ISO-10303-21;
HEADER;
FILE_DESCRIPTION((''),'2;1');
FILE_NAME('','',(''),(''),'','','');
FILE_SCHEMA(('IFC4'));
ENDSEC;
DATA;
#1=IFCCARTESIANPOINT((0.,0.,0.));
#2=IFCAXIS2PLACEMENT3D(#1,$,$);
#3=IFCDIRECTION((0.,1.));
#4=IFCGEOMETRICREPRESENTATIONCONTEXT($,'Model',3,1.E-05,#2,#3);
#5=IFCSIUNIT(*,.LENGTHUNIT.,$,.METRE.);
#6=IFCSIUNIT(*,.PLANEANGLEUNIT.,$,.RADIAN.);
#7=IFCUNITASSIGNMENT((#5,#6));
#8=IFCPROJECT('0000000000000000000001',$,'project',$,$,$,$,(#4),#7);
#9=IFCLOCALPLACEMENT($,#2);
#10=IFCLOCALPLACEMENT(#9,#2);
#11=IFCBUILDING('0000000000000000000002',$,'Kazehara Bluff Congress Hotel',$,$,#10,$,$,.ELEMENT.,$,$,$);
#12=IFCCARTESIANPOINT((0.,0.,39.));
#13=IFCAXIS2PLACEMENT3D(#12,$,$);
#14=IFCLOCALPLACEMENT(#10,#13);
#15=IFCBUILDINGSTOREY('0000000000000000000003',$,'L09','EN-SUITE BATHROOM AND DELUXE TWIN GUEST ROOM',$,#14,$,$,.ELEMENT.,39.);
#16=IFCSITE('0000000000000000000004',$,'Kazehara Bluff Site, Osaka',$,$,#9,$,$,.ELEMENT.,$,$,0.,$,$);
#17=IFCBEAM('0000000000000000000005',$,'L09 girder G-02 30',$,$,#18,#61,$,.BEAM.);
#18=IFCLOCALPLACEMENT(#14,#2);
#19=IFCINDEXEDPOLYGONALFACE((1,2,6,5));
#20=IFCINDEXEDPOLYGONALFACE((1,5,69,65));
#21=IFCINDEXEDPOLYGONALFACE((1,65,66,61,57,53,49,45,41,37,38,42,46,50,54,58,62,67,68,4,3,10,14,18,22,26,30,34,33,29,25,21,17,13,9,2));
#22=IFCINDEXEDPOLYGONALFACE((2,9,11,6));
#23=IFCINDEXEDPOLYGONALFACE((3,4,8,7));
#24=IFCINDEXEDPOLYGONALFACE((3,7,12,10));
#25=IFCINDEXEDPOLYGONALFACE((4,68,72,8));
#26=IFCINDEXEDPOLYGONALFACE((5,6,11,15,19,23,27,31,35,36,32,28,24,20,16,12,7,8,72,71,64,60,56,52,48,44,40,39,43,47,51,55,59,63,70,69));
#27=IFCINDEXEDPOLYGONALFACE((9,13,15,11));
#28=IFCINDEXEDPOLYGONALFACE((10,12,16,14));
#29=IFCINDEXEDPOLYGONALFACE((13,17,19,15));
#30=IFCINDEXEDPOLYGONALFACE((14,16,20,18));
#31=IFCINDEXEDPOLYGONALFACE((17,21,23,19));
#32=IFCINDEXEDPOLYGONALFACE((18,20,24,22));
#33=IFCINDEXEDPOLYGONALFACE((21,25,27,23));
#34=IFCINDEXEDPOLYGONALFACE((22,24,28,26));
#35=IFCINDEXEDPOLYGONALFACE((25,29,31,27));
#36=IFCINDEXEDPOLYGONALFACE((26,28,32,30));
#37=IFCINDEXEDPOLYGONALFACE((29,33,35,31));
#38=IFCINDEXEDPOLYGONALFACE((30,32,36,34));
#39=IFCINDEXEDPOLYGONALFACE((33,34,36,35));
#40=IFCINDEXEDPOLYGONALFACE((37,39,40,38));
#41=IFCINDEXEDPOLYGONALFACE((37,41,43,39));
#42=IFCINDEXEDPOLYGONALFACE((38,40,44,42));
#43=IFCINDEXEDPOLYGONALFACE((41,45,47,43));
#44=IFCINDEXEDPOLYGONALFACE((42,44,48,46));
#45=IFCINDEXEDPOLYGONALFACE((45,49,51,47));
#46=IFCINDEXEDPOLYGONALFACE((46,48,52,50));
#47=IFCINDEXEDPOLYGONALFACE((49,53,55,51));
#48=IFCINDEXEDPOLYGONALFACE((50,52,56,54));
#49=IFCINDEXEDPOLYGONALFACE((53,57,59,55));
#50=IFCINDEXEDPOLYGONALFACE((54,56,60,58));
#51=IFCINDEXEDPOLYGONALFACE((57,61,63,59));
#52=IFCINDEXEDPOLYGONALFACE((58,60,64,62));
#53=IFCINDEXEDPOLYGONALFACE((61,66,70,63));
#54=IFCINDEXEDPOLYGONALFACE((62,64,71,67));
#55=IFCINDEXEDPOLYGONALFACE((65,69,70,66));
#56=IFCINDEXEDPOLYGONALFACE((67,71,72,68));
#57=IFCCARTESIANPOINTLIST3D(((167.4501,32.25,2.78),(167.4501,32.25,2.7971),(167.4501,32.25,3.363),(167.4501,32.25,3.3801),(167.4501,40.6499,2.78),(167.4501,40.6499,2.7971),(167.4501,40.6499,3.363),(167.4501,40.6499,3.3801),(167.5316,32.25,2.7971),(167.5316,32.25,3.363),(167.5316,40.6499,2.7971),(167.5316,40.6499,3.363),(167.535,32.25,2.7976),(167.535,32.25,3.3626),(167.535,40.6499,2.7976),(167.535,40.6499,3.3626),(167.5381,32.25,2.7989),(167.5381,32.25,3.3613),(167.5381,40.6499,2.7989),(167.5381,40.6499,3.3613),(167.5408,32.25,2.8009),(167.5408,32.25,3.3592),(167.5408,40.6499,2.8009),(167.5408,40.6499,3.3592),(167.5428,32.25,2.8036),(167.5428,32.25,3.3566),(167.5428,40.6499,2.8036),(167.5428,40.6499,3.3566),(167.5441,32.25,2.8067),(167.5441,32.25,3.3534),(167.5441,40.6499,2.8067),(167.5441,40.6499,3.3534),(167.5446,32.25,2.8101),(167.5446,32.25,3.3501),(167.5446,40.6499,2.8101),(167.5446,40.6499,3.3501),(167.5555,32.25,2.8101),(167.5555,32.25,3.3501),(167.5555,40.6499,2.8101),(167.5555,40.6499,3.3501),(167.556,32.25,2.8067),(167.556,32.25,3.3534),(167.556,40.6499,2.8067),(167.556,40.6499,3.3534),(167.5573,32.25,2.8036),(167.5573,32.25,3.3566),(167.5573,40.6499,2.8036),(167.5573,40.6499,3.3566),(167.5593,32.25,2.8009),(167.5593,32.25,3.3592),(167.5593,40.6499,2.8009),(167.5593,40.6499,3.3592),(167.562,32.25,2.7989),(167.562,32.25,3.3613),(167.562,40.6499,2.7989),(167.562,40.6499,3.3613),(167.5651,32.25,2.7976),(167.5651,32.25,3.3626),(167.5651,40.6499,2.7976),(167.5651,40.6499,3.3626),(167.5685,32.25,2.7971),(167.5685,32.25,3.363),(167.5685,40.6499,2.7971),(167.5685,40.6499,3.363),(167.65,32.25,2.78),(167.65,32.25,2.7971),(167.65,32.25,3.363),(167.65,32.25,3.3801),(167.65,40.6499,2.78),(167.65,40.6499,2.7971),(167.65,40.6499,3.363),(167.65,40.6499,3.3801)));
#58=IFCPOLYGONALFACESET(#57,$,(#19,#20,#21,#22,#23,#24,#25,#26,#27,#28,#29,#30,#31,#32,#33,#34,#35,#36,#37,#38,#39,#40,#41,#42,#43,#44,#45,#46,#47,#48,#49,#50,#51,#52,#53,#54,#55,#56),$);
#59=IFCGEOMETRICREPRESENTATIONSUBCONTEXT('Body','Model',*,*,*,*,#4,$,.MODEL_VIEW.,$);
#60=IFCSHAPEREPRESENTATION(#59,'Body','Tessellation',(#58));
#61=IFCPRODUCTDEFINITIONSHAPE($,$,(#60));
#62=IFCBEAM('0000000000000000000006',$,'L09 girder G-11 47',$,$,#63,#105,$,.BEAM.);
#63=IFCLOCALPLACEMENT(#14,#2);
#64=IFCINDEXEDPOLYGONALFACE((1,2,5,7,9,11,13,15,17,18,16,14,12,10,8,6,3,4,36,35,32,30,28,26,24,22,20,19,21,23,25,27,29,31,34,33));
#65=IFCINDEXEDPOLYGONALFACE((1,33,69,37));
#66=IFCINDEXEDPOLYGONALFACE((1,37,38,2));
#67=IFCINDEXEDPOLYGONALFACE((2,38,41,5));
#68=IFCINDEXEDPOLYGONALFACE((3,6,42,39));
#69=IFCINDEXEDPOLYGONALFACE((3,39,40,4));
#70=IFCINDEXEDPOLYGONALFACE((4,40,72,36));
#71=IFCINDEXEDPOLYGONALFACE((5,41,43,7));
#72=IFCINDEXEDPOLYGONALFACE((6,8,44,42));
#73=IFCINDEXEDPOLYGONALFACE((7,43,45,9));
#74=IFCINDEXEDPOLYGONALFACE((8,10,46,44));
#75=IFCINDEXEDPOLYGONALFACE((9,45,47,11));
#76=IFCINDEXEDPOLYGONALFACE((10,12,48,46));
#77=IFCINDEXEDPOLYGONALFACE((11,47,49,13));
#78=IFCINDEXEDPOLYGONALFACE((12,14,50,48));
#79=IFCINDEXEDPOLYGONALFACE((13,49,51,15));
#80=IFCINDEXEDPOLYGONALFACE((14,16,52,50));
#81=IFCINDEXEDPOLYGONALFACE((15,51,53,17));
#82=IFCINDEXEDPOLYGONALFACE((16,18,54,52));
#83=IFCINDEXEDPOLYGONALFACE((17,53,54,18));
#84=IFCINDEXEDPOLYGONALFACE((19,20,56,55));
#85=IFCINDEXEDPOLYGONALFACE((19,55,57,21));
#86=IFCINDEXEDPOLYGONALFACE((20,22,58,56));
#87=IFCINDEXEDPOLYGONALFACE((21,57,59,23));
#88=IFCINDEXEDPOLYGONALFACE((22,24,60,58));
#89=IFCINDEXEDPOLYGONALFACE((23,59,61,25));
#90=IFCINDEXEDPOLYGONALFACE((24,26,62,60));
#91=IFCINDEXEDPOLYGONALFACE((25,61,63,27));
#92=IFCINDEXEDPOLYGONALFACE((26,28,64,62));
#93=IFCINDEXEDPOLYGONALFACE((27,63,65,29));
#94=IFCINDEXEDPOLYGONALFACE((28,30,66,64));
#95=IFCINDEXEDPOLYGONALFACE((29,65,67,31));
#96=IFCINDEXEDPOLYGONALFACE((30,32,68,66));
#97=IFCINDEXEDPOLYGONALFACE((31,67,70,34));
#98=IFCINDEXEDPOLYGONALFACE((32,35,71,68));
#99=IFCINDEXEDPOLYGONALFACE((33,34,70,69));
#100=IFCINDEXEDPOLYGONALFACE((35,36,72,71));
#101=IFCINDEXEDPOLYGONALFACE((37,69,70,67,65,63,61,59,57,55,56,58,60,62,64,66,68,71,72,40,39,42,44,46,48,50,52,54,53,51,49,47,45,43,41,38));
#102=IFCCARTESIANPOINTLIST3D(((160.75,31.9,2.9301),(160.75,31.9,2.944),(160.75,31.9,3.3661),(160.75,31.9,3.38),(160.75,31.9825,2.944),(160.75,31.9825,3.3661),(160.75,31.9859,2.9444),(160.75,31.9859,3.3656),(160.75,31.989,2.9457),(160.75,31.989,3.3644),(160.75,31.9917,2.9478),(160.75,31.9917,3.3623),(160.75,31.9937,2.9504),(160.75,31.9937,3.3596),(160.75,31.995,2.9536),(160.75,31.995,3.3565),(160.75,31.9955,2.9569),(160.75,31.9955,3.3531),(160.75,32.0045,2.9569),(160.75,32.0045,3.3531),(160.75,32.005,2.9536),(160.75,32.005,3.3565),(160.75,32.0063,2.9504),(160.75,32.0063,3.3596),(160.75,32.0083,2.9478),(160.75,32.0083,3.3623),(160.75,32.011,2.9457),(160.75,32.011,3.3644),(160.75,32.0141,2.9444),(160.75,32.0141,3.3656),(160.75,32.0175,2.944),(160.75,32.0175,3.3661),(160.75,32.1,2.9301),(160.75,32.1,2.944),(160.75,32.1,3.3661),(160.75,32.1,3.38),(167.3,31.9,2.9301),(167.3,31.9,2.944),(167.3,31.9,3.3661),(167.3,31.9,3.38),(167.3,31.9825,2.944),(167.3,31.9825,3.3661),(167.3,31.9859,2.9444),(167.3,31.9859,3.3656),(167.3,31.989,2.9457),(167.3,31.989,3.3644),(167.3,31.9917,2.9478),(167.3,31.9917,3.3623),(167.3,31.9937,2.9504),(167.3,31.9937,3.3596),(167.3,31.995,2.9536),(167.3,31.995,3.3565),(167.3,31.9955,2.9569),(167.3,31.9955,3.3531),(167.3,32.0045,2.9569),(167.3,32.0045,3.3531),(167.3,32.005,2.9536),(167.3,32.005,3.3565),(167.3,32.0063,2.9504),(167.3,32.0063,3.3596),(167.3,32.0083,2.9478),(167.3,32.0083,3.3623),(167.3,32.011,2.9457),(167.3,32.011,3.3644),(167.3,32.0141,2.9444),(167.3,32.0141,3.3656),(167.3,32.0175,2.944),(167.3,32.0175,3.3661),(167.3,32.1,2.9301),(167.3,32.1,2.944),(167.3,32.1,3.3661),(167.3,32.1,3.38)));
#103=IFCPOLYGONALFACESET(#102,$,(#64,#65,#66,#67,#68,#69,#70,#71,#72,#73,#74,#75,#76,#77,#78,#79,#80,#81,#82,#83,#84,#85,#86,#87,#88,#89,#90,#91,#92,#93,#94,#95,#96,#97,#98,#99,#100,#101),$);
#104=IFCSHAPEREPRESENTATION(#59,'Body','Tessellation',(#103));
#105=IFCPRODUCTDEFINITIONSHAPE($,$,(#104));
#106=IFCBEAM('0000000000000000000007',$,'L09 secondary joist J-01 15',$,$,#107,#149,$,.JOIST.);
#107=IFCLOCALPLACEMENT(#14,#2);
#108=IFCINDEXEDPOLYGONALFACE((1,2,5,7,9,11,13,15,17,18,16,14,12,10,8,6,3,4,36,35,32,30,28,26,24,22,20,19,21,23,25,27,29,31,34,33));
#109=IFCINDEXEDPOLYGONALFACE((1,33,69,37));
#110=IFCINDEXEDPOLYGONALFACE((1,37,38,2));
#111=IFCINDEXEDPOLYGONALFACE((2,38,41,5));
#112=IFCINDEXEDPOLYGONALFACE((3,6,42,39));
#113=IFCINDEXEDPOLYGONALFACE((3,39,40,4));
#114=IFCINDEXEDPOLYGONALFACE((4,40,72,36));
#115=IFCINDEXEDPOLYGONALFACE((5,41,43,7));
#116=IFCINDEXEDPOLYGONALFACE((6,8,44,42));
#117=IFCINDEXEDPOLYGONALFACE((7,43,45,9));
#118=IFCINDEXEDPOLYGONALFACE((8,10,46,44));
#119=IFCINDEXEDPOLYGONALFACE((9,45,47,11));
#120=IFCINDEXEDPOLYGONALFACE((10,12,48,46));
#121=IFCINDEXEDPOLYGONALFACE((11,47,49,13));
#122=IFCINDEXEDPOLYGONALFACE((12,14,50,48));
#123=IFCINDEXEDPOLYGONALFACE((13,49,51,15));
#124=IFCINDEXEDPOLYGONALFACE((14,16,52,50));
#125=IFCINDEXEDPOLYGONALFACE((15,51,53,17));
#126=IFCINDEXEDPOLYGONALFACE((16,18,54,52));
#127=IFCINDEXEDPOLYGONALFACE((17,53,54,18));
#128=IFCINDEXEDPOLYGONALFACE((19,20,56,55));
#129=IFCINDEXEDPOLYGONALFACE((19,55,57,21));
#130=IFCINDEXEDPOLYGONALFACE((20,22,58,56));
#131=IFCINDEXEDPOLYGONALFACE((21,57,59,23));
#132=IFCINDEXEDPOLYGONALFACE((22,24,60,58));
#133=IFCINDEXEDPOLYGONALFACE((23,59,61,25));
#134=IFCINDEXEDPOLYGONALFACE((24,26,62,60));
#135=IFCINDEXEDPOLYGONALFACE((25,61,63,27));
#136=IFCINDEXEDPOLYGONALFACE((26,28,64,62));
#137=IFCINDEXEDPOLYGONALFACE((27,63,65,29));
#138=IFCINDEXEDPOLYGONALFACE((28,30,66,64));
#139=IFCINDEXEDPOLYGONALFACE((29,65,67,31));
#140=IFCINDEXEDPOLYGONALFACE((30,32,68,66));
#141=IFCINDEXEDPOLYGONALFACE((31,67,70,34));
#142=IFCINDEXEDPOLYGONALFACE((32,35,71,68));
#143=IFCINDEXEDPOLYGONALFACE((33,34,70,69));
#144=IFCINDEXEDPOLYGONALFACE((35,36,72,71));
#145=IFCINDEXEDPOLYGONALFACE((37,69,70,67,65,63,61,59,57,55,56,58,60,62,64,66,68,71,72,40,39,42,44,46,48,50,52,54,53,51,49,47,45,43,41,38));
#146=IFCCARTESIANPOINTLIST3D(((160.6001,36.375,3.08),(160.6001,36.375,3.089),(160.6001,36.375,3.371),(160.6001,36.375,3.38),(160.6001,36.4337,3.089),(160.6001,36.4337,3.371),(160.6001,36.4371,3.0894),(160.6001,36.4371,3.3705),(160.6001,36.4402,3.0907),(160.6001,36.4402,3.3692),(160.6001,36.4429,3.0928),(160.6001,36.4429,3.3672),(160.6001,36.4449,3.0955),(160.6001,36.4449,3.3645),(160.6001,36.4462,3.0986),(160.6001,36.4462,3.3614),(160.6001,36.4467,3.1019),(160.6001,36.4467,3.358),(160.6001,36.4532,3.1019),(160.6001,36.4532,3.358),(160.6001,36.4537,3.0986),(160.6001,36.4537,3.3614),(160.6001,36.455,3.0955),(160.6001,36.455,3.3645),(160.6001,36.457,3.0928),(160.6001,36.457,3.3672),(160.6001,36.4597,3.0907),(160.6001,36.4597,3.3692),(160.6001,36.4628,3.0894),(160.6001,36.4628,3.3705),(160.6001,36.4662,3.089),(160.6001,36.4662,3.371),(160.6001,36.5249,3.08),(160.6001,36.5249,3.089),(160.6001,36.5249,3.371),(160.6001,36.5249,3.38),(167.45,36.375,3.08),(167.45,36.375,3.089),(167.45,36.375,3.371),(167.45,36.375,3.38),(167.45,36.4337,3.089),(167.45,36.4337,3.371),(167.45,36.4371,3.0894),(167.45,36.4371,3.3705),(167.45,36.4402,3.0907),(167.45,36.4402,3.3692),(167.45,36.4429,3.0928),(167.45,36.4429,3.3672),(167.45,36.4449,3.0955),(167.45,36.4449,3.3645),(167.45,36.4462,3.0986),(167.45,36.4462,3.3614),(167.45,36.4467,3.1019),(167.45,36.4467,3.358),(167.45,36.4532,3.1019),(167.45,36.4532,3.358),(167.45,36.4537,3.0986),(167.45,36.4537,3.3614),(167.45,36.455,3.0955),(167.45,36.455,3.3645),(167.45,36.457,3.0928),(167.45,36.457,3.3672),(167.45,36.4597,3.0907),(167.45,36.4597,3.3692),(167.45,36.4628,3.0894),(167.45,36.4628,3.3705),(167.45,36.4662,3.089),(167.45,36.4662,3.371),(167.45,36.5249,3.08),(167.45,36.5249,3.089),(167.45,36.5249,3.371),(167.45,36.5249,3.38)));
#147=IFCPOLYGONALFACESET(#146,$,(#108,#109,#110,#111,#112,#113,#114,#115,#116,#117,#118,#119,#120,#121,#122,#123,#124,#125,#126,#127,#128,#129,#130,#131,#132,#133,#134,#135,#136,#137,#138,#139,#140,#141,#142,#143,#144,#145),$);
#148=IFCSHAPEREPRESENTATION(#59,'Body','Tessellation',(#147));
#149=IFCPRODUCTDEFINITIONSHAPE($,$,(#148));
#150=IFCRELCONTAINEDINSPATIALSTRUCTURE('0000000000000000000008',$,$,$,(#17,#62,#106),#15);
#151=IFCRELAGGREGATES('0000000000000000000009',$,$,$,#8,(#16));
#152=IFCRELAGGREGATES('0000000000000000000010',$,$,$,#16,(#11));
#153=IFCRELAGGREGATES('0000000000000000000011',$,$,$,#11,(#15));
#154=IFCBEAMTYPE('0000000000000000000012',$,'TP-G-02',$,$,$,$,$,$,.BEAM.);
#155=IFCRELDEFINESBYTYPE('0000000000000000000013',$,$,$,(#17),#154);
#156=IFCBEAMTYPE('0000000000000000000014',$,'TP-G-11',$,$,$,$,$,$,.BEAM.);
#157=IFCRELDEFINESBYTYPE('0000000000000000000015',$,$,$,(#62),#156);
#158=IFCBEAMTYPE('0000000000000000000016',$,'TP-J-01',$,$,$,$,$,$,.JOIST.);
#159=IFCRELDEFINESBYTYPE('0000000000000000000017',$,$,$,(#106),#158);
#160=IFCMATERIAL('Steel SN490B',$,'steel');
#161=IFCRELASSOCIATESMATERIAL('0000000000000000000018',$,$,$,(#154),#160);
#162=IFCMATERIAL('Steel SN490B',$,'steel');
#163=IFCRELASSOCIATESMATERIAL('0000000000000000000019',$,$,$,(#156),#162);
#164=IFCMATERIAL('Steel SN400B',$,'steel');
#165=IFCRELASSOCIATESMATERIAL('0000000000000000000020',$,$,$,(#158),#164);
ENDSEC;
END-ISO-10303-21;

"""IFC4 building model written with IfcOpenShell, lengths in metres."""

from ifc_helpers import new_model, si_unit, direction, frame, origin, origin_2d, place, context, subcontext, project, spatial, i_section, extrude, material, material_profile, profile_set, type_object, element, save


model = new_model("IFC4")

# Units and contexts
model_context = context("Model", 3, precision=1e-05, world=origin(), true_north=direction((0.0, 1.0)))
body_context = subcontext(model_context, "Body", "Model", "MODEL_VIEW")
ifc_project = project(units=[si_unit("LENGTHUNIT", "METRE"), si_unit("PLANEANGLEUNIT", "RADIAN")], contexts=[model_context])

# Site, building, storey
site_placement = place(None, origin())
site = spatial("IfcSite", under=ifc_project, at=site_placement, Name="Kazehara Bluff Site, Osaka", CompositionType="ELEMENT", RefElevation=0.0)
building_placement = place(site_placement, origin())
building = spatial("IfcBuilding", under=site, at=building_placement, Name="Kazehara Bluff Congress Hotel", CompositionType="ELEMENT")
storey_placement = place(building_placement, frame((0.0, 0.0, 39.0)))
storey = spatial("IfcBuildingStorey", under=building, at=storey_placement, Name="L09", Description="EN-SUITE BATHROOM AND DELUXE TWIN GUEST ROOM", CompositionType="ELEMENT", Elevation=39.0)

# Beams
ifc_material_1 = material(Name="Steel SN490B", Category="steel")
ifc_material_profile_1 = material_profile(ifc_material_1, i_section(OverallWidth=0.2, OverallDepth=0.6001, WebThickness=0.011, FlangeThickness=0.0171, FilletRadius=0.0129, at=origin_2d()))
ifc_profile_set_1 = profile_set([ifc_material_profile_1], Name="Steel SN490B")
beam_type_1 = type_object("IfcBeamType", Name="TP-G-02", PredefinedType="BEAM", material=ifc_profile_set_1)
for number, where, z_axis, x_axis, name in (
    (1, (167.55, 32.25, 3.0801), (0.0, 1.0, 0.0), (-1.0, 0.0, 0.0), "L09 girder G-02 30"),
):
    element("IfcBeam", number, at=place(storey_placement, frame(where, z_axis=z_axis, x_axis=x_axis)), inside=storey, type_object=beam_type_1, Name=name, PredefinedType="BEAM", context=body_context, shape_type="SweptSolid", body=[
        extrude(i_section(OverallWidth=0.2, OverallDepth=0.6001, WebThickness=0.011, FlangeThickness=0.0171, FilletRadius=0.0129, at=origin_2d()), origin(), (0.0, 0.0, 1.0), 8.3999),
    ])
ifc_material_2 = material(Name="Steel SN490B", Category="steel")
ifc_material_profile_2 = material_profile(ifc_material_2, i_section(OverallWidth=0.2, OverallDepth=0.45, WebThickness=0.009, FlangeThickness=0.0139, FilletRadius=0.0129, at=origin_2d()))
ifc_profile_set_2 = profile_set([ifc_material_profile_2], Name="Steel SN490B")
beam_type_2 = type_object("IfcBeamType", Name="TP-G-11", PredefinedType="BEAM", material=ifc_profile_set_2)
beam_1_placement = place(storey_placement, frame((160.75, 32.0, 3.155), z_axis=(1.0, 0.0, 0.0), x_axis=(0.0, 1.0, 0.0)))
element("IfcBeam", 2, at=beam_1_placement, inside=storey, type_object=beam_type_2, Name="L09 girder G-11 47", PredefinedType="BEAM", context=body_context, shape_type="SweptSolid", body=[
    extrude(i_section(OverallWidth=0.2, OverallDepth=0.45, WebThickness=0.009, FlangeThickness=0.0139, FilletRadius=0.0129, at=origin_2d()), origin(), (0.0, 0.0, 1.0), 6.55),
])
ifc_material_3 = material(Name="Steel SN400B", Category="steel")
ifc_material_profile_3 = material_profile(ifc_material_3, i_section(OverallWidth=0.1499, OverallDepth=0.3, WebThickness=0.0066, FlangeThickness=0.009, FilletRadius=0.0129, at=origin_2d()))
ifc_profile_set_3 = profile_set([ifc_material_profile_3], Name="Steel SN400B")
beam_type_3 = type_object("IfcBeamType", Name="TP-J-01", PredefinedType="JOIST", material=ifc_profile_set_3)
beam_2_placement = place(storey_placement, frame((160.6001, 36.45, 3.23), z_axis=(1.0, 0.0, 0.0), x_axis=(0.0, 1.0, 0.0)))
element("IfcBeam", 3, at=beam_2_placement, inside=storey, type_object=beam_type_3, Name="L09 secondary joist J-01 15", PredefinedType="JOIST", context=body_context, shape_type="SweptSolid", body=[
    extrude(i_section(OverallWidth=0.1499, OverallDepth=0.3, WebThickness=0.0066, FlangeThickness=0.009, FilletRadius=0.0129, at=origin_2d()), origin(), (0.0, 0.0, 1.0), 6.8499),
])

save(model, "model.ifc")
